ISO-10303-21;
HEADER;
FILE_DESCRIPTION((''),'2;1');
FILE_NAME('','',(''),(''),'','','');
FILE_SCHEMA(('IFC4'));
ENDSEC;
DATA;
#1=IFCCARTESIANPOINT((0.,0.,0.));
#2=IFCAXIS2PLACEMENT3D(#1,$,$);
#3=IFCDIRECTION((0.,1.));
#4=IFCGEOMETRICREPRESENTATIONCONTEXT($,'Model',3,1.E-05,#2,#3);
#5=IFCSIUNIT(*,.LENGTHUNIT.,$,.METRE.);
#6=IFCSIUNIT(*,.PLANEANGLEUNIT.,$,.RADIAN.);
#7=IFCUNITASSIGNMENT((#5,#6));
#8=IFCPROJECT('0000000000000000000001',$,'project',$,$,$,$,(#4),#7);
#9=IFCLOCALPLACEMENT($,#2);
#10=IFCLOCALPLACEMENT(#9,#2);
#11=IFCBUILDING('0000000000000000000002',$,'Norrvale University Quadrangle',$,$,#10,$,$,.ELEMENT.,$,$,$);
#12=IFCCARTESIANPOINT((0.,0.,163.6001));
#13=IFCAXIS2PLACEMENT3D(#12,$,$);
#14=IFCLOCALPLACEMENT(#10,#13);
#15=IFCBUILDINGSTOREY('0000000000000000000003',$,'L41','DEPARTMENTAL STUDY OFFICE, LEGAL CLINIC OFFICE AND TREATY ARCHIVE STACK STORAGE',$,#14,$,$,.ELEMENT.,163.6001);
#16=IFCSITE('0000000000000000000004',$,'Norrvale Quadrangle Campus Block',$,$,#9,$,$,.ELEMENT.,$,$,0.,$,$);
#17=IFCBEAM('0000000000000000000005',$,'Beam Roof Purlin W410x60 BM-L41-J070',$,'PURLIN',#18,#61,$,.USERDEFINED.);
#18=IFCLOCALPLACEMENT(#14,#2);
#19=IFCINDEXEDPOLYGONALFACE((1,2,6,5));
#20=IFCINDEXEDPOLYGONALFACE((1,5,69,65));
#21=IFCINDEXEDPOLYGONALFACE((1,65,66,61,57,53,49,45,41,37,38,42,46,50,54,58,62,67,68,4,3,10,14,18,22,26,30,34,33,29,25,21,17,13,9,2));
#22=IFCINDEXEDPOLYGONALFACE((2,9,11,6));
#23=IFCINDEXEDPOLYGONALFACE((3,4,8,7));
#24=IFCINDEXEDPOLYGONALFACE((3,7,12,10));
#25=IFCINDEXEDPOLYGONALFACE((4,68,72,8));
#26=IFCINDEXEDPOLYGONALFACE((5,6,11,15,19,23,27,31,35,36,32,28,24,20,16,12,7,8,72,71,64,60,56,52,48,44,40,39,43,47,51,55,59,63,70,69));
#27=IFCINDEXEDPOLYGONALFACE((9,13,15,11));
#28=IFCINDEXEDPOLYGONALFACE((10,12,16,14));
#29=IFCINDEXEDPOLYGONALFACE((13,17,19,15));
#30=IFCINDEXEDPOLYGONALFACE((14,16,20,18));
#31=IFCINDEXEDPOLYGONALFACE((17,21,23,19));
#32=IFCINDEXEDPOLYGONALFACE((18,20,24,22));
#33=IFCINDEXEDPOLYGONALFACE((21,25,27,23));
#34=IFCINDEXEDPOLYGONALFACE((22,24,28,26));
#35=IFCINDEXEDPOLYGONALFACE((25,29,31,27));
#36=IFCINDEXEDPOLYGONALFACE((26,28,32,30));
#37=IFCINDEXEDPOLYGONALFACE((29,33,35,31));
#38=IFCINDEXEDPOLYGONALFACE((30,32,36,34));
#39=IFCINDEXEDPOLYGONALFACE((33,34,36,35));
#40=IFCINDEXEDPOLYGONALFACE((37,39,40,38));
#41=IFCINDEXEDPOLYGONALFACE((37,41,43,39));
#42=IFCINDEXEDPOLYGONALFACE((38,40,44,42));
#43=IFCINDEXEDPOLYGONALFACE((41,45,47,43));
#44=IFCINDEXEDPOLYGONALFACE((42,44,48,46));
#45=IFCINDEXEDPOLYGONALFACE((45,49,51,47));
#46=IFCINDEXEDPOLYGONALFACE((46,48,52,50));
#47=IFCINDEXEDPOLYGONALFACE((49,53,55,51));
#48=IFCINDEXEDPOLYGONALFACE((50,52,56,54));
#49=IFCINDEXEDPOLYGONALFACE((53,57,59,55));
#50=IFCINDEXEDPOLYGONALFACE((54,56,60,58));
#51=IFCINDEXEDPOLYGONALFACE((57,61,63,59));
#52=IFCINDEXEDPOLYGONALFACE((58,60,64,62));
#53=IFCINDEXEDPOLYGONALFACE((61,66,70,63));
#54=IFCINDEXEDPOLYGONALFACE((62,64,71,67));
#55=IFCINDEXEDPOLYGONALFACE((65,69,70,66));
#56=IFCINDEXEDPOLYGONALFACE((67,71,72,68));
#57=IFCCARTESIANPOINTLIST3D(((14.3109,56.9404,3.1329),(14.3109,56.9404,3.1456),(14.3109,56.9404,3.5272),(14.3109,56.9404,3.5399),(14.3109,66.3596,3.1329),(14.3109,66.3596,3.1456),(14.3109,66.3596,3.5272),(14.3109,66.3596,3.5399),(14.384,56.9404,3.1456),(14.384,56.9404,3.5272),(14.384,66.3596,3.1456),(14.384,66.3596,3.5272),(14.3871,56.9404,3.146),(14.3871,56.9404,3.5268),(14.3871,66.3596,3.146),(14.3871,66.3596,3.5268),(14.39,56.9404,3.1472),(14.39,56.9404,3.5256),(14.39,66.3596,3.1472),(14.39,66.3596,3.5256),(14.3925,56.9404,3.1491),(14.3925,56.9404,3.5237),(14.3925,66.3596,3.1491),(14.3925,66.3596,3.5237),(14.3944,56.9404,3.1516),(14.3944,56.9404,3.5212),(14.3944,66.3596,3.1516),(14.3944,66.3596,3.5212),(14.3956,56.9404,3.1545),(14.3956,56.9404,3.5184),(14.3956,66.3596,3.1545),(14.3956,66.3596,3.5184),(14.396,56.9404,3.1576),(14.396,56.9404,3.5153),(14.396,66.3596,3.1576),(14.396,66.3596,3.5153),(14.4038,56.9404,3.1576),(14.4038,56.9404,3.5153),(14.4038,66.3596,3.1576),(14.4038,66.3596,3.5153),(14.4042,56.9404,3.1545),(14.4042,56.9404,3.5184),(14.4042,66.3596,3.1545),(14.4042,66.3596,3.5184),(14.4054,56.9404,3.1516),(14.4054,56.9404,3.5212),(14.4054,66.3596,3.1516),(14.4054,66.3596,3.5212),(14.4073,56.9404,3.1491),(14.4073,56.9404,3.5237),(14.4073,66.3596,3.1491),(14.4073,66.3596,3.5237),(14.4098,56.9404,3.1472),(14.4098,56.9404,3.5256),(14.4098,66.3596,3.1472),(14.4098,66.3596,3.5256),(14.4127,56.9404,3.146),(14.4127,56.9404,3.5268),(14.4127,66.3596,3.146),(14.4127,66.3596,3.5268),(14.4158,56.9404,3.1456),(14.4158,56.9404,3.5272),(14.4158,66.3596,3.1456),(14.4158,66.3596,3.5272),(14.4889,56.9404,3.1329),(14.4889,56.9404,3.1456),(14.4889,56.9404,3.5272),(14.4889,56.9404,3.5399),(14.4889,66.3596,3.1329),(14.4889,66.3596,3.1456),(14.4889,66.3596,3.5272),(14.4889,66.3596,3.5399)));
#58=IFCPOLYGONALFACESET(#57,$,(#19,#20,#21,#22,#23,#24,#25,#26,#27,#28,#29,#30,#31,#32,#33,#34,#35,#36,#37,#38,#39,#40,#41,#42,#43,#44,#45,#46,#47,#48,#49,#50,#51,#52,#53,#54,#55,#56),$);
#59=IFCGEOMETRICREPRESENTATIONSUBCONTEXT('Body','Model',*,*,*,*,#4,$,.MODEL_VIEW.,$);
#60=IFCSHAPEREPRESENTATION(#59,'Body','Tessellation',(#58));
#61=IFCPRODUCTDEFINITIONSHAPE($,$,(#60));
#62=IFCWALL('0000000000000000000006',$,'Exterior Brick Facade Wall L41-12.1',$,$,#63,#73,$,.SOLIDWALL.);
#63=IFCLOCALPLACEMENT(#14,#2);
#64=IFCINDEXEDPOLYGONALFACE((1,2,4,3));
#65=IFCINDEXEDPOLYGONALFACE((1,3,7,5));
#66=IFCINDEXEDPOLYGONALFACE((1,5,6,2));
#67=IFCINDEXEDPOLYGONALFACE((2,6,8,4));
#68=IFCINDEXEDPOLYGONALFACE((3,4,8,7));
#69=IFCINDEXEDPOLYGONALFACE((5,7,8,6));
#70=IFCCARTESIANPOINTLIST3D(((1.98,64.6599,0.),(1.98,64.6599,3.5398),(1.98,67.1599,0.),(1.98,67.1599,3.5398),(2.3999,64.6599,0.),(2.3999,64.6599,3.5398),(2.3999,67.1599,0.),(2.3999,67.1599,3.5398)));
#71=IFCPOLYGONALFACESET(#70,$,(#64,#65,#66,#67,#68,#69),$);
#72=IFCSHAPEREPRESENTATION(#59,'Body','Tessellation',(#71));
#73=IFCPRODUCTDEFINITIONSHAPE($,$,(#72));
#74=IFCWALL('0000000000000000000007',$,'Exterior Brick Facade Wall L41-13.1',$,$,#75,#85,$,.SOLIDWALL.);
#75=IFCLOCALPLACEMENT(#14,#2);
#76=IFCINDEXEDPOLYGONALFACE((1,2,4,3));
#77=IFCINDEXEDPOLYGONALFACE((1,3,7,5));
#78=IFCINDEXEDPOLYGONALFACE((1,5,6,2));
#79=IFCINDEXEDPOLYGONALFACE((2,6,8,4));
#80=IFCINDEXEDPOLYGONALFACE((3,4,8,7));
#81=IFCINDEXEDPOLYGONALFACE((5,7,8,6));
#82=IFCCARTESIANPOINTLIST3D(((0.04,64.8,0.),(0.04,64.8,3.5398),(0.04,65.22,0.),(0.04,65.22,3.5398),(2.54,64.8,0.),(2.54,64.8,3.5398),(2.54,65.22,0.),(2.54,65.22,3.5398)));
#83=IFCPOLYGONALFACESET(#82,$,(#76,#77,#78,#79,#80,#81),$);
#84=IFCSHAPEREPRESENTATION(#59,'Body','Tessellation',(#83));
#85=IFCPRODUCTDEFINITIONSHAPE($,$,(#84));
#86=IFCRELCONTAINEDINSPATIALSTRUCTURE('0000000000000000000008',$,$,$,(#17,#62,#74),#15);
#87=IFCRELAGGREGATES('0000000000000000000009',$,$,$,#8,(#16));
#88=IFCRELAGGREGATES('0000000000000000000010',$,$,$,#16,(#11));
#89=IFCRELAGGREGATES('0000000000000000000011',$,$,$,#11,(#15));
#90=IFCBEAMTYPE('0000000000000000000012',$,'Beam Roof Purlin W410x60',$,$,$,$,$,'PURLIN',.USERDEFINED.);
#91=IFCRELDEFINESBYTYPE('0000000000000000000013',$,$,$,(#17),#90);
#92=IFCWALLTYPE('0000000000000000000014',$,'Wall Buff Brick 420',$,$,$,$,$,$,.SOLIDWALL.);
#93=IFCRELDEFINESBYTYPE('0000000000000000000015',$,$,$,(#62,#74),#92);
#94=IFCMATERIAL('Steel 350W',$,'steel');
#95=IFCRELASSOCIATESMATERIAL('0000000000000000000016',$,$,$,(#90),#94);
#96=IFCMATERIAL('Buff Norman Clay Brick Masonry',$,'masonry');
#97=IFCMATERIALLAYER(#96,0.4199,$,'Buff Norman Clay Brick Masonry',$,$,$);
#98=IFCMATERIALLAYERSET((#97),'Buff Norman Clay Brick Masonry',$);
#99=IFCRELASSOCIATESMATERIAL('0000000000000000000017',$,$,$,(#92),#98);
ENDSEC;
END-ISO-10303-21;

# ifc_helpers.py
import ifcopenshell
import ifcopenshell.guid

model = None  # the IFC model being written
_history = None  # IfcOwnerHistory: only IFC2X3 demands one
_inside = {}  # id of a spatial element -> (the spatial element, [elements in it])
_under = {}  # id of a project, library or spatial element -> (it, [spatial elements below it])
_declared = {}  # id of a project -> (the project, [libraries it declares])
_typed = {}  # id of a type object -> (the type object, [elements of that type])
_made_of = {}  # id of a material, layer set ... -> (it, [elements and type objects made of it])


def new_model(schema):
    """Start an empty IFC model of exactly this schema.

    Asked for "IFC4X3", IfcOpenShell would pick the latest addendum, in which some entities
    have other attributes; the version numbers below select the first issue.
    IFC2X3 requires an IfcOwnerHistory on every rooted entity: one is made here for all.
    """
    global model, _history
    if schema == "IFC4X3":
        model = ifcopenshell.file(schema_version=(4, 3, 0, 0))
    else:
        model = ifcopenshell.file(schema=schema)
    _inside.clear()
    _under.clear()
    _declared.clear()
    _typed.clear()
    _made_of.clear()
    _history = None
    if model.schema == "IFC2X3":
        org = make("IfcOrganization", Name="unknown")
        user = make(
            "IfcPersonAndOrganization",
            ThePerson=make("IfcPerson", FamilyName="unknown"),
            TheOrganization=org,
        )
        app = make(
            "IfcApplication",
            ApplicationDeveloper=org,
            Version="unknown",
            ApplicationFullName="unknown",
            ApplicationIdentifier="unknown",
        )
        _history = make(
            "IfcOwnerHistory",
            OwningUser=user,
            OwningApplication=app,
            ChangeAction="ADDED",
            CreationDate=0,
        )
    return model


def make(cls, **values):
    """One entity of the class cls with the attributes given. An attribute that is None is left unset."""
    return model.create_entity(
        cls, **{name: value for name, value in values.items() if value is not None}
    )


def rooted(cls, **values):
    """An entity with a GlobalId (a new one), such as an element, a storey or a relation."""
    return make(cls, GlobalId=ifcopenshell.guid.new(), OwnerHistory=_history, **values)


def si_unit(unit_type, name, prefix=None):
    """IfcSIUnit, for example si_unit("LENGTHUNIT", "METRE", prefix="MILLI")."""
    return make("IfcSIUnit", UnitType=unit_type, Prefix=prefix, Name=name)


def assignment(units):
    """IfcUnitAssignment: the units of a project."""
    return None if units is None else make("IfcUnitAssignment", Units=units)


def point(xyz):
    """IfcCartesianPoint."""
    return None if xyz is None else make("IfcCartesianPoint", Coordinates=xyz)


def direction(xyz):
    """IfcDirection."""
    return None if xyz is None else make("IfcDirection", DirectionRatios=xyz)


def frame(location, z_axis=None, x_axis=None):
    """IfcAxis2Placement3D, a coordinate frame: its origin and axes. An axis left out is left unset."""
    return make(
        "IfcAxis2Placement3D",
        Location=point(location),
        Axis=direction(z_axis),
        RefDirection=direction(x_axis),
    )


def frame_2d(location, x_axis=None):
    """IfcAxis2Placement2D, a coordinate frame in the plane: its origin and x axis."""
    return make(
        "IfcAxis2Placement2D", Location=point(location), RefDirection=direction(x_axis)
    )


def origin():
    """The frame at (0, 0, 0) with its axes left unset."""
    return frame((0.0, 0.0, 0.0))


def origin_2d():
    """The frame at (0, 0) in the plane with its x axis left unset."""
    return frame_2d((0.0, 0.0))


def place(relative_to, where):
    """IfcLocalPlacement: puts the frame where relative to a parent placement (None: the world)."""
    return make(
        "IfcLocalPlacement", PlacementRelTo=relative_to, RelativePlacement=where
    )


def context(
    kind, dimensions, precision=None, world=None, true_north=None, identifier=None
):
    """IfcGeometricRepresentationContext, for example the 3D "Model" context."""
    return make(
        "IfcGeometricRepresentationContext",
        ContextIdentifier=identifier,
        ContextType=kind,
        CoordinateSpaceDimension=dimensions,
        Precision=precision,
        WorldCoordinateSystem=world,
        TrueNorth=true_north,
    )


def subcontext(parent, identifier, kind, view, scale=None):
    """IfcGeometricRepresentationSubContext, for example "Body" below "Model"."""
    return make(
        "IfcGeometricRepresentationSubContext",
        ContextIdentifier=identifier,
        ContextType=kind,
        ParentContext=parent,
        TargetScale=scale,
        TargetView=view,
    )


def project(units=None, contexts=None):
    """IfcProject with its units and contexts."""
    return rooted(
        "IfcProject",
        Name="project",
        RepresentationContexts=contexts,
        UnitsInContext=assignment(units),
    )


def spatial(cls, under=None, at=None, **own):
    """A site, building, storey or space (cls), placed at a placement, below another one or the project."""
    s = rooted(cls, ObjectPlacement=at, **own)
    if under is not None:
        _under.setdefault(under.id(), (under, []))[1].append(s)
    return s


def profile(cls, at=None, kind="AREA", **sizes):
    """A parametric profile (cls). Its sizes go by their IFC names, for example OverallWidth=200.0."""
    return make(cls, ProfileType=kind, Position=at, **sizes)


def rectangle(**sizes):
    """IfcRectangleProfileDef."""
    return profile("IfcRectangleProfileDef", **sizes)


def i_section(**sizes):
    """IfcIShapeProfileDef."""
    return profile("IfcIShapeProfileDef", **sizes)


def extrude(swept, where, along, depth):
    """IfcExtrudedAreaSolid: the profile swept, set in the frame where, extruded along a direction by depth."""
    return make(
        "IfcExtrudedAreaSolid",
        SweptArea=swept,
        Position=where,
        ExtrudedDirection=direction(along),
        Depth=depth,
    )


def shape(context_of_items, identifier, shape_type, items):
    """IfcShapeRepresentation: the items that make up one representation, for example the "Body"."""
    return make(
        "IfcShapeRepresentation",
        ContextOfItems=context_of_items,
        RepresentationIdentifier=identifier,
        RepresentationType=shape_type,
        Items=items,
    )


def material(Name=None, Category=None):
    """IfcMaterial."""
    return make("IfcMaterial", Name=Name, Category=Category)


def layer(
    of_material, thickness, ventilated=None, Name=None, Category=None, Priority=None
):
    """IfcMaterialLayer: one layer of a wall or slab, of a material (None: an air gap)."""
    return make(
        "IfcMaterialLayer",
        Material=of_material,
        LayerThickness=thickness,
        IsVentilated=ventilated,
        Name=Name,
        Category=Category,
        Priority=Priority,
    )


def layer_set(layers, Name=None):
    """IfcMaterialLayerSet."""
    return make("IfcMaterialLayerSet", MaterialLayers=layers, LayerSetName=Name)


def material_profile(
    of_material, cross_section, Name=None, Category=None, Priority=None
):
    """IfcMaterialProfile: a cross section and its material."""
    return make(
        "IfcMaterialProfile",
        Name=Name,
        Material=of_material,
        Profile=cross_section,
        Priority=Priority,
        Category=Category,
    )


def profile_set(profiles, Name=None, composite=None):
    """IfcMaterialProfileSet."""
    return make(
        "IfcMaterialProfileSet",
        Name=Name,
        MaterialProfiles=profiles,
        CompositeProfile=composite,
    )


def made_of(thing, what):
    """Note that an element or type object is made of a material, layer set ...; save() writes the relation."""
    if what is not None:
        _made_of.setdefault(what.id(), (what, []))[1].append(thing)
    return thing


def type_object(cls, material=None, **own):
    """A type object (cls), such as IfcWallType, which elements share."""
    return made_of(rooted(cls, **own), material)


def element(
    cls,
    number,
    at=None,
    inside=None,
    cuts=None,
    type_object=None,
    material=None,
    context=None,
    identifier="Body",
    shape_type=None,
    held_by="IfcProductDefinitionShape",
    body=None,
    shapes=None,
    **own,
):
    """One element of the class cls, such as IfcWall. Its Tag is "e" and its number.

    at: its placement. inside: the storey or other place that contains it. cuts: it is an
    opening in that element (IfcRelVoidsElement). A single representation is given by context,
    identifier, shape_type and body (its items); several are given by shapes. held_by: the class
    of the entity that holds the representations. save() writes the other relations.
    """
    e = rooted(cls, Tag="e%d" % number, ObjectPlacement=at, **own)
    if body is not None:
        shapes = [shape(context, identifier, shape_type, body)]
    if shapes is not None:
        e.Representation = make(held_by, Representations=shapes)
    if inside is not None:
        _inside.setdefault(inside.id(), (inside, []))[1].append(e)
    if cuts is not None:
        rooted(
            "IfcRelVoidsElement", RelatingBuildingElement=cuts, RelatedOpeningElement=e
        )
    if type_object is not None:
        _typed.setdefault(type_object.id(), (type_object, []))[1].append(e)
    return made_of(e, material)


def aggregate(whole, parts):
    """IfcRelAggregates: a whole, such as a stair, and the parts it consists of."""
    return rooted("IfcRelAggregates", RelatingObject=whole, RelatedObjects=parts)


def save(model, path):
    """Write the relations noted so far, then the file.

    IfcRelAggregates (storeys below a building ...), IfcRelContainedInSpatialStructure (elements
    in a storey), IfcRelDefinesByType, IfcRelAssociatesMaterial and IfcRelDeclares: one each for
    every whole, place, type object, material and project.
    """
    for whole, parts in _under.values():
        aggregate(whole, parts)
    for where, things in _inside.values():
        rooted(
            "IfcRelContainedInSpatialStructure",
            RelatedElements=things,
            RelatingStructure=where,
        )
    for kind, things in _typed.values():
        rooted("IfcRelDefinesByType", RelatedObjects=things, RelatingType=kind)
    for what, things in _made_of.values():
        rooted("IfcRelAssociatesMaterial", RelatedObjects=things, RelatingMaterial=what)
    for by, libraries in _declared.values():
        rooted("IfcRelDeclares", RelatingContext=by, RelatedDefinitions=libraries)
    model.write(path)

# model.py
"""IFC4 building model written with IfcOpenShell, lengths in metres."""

from ifc_helpers import new_model, si_unit, direction, frame, frame_2d, origin, origin_2d, place, context, subcontext, project, spatial, rectangle, i_section, extrude, material, layer, layer_set, material_profile, profile_set, type_object, element, save


model = new_model("IFC4")

# Units and contexts
model_context = context("Model", 3, precision=1e-05, world=origin(), true_north=direction((0.0, 1.0)))
body_context = subcontext(model_context, "Body", "Model", "MODEL_VIEW")
ifc_project = project(units=[si_unit("LENGTHUNIT", "METRE"), si_unit("PLANEANGLEUNIT", "RADIAN")], contexts=[model_context])

# Site, building, storey
site_placement = place(None, origin())
site = spatial("IfcSite", under=ifc_project, at=site_placement, Name="Norrvale Quadrangle Campus Block", CompositionType="ELEMENT", RefElevation=0.0)
building_placement = place(site_placement, origin())
building = spatial("IfcBuilding", under=site, at=building_placement, Name="Norrvale University Quadrangle", CompositionType="ELEMENT")
storey_placement = place(building_placement, frame((0.0, 0.0, 163.6001)))
storey = spatial("IfcBuildingStorey", under=building, at=storey_placement, Name="L41", Description="DEPARTMENTAL STUDY OFFICE, LEGAL CLINIC OFFICE AND TREATY ARCHIVE STACK STORAGE", CompositionType="ELEMENT", Elevation=163.6001)

# Beam
ifc_material_1 = material(Name="Steel 350W", Category="steel")
ifc_material_profile_1 = material_profile(ifc_material_1, i_section(OverallWidth=0.178, OverallDepth=0.407, WebThickness=0.0078, FlangeThickness=0.0127, FilletRadius=0.012, at=origin_2d()), Name="Steel 350W")
ifc_profile_set_1 = profile_set([ifc_material_profile_1], Name="Steel 350W")
beam_type_1 = type_object("IfcBeamType", Name="Beam Roof Purlin W410x60", ElementType="PURLIN", PredefinedType="USERDEFINED", material=ifc_profile_set_1)
beam_placement = place(storey_placement, frame((14.3999, 56.9404, 3.3364), z_axis=(0.0, 1.0, 0.0), x_axis=(-1.0, 0.0, 0.0)))
element("IfcBeam", 1, at=beam_placement, inside=storey, type_object=beam_type_1, Name="Beam Roof Purlin W410x60 BM-L41-J070", ObjectType="PURLIN", PredefinedType="USERDEFINED", context=body_context, shape_type="SweptSolid", body=[
    extrude(i_section(OverallWidth=0.178, OverallDepth=0.407, WebThickness=0.0078, FlangeThickness=0.0127, FilletRadius=0.012, at=origin_2d()), origin(), (0.0, 0.0, 1.0), 9.4192),
])

# Walls
ifc_material_2 = material(Name="Buff Norman Clay Brick Masonry", Category="masonry")
ifc_layer = layer(ifc_material_2, 0.4199, Name="Buff Norman Clay Brick Masonry")
ifc_layer_set = layer_set([ifc_layer], Name="Buff Norman Clay Brick Masonry")
wall_type = type_object("IfcWallType", Name="Wall Buff Brick 420", PredefinedType="SOLIDWALL", material=ifc_layer_set)
for number, where, z_axis, x_axis, name in (
    (2, (2.1899, 67.1599, 0.0), (0.0, 0.0, 1.0), (0.0, -1.0, 0.0), "Exterior Brick Facade Wall L41-12.1"),
    (3, (2.54, 65.01, 0.0), (0.0, 0.0, 1.0), (-1.0, 0.0, 0.0), "Exterior Brick Facade Wall L41-13.1"),
):
    element("IfcWall", number, at=place(storey_placement, frame(where, z_axis=z_axis, x_axis=x_axis)), inside=storey, type_object=wall_type, Name=name, PredefinedType="SOLIDWALL", context=body_context, shape_type="SweptSolid", body=[
        extrude(rectangle(XDim=2.5, YDim=0.4199, at=frame_2d((1.25, 0.0))), origin(), (0.0, 0.0, 1.0), 3.5398),
    ])

save(model, "model.ifc")
